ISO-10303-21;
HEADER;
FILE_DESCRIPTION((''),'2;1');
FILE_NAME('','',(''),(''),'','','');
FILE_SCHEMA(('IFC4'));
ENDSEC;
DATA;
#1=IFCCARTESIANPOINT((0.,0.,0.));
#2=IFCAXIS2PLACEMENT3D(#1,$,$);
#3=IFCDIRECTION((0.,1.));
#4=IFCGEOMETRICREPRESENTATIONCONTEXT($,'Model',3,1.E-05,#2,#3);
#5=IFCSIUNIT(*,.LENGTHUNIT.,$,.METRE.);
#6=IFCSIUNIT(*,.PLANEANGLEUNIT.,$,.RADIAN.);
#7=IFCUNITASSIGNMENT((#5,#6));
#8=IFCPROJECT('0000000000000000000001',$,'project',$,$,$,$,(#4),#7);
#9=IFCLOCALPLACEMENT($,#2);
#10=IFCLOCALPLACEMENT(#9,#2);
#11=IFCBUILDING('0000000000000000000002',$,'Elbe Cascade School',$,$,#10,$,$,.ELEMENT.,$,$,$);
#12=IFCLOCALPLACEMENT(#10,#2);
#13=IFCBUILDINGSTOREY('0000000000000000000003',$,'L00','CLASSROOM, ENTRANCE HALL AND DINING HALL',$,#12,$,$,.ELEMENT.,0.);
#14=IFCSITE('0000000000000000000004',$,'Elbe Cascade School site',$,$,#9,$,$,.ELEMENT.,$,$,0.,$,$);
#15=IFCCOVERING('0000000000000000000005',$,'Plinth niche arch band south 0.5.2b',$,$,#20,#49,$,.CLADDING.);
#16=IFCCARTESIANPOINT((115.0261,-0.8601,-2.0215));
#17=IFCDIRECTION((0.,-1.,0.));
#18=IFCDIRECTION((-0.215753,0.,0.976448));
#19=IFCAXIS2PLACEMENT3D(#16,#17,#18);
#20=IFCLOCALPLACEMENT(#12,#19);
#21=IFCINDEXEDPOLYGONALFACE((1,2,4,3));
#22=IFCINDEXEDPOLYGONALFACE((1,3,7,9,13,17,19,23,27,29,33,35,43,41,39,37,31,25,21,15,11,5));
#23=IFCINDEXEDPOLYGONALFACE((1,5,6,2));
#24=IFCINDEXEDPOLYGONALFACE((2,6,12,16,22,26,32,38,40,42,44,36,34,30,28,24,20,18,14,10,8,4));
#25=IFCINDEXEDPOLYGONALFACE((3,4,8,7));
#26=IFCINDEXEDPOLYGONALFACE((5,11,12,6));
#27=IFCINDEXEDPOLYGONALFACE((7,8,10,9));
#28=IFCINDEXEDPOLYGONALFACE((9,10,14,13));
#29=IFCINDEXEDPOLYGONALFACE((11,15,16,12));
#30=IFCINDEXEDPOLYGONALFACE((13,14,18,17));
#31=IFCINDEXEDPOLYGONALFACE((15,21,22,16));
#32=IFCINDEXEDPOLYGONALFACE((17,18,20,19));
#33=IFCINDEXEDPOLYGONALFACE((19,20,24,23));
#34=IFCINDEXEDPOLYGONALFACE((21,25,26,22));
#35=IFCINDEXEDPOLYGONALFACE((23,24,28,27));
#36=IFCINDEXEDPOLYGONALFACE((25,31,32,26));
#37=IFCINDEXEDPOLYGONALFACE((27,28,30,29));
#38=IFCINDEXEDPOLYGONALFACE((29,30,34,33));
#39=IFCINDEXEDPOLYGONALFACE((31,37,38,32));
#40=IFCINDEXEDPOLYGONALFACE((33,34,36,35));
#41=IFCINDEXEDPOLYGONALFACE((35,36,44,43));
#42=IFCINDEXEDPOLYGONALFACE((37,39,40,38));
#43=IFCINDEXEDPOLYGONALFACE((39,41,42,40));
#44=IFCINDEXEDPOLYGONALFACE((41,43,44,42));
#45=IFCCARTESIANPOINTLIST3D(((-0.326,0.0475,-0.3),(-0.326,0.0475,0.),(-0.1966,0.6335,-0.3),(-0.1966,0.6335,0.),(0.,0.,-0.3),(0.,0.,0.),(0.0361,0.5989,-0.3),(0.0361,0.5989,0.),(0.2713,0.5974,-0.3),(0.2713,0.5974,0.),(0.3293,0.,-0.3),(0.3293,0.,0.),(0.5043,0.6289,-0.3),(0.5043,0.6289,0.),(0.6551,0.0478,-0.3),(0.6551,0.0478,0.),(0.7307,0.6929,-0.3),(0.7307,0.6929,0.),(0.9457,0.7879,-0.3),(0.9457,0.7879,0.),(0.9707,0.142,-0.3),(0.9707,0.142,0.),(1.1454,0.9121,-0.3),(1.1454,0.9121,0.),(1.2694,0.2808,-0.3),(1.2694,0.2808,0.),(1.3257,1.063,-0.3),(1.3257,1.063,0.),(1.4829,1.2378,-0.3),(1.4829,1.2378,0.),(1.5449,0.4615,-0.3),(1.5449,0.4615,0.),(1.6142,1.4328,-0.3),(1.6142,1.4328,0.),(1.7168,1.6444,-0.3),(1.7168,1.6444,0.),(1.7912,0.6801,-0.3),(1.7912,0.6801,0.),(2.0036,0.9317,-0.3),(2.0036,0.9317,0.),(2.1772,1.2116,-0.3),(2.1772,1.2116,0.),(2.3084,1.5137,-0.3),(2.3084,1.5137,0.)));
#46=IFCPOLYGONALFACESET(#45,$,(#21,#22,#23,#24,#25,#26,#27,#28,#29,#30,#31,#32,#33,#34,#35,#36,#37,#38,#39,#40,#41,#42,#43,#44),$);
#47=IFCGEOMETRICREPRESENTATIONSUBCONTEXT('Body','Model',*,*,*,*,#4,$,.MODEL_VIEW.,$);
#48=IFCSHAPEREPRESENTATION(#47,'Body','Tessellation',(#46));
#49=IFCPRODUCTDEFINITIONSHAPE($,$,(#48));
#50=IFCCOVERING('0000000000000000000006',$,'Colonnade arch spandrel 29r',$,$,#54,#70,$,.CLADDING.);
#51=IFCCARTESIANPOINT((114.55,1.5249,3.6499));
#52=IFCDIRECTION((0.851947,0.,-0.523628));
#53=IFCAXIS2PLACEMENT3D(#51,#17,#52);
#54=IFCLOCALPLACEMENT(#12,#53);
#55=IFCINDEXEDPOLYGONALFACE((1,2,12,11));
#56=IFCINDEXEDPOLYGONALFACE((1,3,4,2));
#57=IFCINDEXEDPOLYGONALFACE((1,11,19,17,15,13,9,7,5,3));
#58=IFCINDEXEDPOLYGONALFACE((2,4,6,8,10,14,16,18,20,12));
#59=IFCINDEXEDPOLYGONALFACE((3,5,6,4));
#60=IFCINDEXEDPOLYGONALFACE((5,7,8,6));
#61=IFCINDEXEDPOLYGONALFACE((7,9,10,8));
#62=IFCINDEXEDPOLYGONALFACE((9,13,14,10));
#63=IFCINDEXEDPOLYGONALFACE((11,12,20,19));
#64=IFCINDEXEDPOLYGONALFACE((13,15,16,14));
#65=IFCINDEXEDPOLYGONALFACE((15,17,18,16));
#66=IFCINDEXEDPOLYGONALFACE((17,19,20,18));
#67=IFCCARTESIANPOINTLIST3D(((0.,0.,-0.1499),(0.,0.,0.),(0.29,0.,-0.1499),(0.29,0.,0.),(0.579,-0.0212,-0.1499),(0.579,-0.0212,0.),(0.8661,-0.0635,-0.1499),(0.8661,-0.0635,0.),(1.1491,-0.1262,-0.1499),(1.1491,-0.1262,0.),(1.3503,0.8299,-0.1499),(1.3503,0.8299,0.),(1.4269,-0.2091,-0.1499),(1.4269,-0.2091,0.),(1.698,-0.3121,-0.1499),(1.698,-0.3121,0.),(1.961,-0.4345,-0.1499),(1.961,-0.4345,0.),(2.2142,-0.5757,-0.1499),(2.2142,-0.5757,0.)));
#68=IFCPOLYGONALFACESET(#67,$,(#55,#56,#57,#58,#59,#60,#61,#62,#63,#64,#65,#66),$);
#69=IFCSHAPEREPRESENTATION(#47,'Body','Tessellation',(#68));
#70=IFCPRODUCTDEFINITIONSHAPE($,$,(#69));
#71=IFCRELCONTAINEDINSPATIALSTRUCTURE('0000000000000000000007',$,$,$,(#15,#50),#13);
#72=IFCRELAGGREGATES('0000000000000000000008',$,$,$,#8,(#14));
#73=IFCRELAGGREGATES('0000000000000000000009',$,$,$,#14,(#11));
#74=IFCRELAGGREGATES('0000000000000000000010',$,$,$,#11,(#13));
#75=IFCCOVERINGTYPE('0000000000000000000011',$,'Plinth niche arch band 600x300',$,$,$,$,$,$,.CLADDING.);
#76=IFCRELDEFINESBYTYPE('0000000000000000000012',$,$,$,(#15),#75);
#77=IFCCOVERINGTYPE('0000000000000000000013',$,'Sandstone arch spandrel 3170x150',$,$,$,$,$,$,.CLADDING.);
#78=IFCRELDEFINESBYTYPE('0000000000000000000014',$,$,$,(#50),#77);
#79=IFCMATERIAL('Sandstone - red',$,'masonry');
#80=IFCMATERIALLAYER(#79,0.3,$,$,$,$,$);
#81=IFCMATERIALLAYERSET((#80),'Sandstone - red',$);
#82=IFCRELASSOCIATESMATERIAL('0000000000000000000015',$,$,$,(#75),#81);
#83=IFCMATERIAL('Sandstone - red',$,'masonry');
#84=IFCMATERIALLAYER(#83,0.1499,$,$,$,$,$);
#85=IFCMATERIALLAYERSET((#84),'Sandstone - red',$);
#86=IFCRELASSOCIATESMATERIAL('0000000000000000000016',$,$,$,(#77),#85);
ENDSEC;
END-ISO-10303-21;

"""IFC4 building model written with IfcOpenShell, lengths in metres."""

from ifc_helpers import new_model, si_unit, direction, frame, origin, place, context, subcontext, project, spatial, polyline, outline, extrude, material, layer, layer_set, type_object, element, save


model = new_model("IFC4")

# Units and contexts
model_context = context("Model", 3, precision=1e-05, world=origin(), true_north=direction((0.0, 1.0)))
body_context = subcontext(model_context, "Body", "Model", "MODEL_VIEW")
ifc_project = project(units=[si_unit("LENGTHUNIT", "METRE"), si_unit("PLANEANGLEUNIT", "RADIAN")], contexts=[model_context])

# Site, building, storey
site_placement = place(None, origin())
site = spatial("IfcSite", under=ifc_project, at=site_placement, Name="Elbe Cascade School site", CompositionType="ELEMENT", RefElevation=0.0)
building_placement = place(site_placement, origin())
building = spatial("IfcBuilding", under=site, at=building_placement, Name="Elbe Cascade School", CompositionType="ELEMENT")
storey_placement = place(building_placement, origin())
storey = spatial("IfcBuildingStorey", under=building, at=storey_placement, Name="L00", Description="CLASSROOM, ENTRANCE HALL AND DINING HALL", CompositionType="ELEMENT", Elevation=0.0)

# Coverings
ifc_material_1 = material(Name="Sandstone - red", Category="masonry")
ifc_layer_1 = layer(ifc_material_1, 0.3)
ifc_layer_set_1 = layer_set([ifc_layer_1], Name="Sandstone - red")
covering_type_1 = type_object("IfcCoveringType", Name="Plinth niche arch band 600x300", PredefinedType="CLADDING", material=ifc_layer_set_1)
covering_1_placement = place(storey_placement, frame((115.0261, -0.8601, -2.0215), z_axis=(0.0, -1.0, 0.0), x_axis=(-0.215753, 0.0, 0.976448)))
element("IfcCovering", 1, at=covering_1_placement, inside=storey, type_object=covering_type_1, Name="Plinth niche arch band south 0.5.2b", PredefinedType="CLADDING", context=body_context, shape_type="SweptSolid", body=[
    extrude(outline(polyline([(0.0, 0.0), (0.3293, 0.0), (0.6551, 0.0478), (0.9707, 0.142), (1.2694, 0.2808), (1.5449, 0.4615), (1.7912, 0.6801), (2.0036, 0.9317), (2.1772, 1.2116), (2.3084, 1.5137), (1.7168, 1.6444), (1.6142, 1.4328), (1.4829, 1.2378), (1.3257, 1.063), (1.1454, 0.9121), (0.9457, 0.7879), (0.7307, 0.6929), (0.5043, 0.6289), (0.2713, 0.5974), (0.0361, 0.5989), (-0.1966, 0.6335), (-0.326, 0.0475), (0.0, 0.0)])), origin(), (0.0, 0.0, -1.0), 0.3),
])
ifc_material_2 = material(Name="Sandstone - red", Category="masonry")
ifc_layer_2 = layer(ifc_material_2, 0.1499)
ifc_layer_set_2 = layer_set([ifc_layer_2], Name="Sandstone - red")
covering_type_2 = type_object("IfcCoveringType", Name="Sandstone arch spandrel 3170x150", PredefinedType="CLADDING", material=ifc_layer_set_2)
covering_2_placement = place(storey_placement, frame((114.55, 1.5249, 3.6499), z_axis=(0.0, -1.0, 0.0), x_axis=(0.851947, 0.0, -0.523628)))
element("IfcCovering", 2, at=covering_2_placement, inside=storey, type_object=covering_type_2, Name="Colonnade arch spandrel 29r", PredefinedType="CLADDING", context=body_context, shape_type="SweptSolid", body=[
    extrude(outline(polyline([(0.0, 0.0), (0.29, 0.0), (0.579, -0.0212), (0.8661, -0.0635), (1.1491, -0.1262), (1.4269, -0.2091), (1.698, -0.3121), (1.961, -0.4345), (2.2142, -0.5757), (1.3503, 0.8299), (0.0, 0.0)])), origin(), (0.0, 0.0, -1.0), 0.1499),
])

save(model, "model.ifc")
